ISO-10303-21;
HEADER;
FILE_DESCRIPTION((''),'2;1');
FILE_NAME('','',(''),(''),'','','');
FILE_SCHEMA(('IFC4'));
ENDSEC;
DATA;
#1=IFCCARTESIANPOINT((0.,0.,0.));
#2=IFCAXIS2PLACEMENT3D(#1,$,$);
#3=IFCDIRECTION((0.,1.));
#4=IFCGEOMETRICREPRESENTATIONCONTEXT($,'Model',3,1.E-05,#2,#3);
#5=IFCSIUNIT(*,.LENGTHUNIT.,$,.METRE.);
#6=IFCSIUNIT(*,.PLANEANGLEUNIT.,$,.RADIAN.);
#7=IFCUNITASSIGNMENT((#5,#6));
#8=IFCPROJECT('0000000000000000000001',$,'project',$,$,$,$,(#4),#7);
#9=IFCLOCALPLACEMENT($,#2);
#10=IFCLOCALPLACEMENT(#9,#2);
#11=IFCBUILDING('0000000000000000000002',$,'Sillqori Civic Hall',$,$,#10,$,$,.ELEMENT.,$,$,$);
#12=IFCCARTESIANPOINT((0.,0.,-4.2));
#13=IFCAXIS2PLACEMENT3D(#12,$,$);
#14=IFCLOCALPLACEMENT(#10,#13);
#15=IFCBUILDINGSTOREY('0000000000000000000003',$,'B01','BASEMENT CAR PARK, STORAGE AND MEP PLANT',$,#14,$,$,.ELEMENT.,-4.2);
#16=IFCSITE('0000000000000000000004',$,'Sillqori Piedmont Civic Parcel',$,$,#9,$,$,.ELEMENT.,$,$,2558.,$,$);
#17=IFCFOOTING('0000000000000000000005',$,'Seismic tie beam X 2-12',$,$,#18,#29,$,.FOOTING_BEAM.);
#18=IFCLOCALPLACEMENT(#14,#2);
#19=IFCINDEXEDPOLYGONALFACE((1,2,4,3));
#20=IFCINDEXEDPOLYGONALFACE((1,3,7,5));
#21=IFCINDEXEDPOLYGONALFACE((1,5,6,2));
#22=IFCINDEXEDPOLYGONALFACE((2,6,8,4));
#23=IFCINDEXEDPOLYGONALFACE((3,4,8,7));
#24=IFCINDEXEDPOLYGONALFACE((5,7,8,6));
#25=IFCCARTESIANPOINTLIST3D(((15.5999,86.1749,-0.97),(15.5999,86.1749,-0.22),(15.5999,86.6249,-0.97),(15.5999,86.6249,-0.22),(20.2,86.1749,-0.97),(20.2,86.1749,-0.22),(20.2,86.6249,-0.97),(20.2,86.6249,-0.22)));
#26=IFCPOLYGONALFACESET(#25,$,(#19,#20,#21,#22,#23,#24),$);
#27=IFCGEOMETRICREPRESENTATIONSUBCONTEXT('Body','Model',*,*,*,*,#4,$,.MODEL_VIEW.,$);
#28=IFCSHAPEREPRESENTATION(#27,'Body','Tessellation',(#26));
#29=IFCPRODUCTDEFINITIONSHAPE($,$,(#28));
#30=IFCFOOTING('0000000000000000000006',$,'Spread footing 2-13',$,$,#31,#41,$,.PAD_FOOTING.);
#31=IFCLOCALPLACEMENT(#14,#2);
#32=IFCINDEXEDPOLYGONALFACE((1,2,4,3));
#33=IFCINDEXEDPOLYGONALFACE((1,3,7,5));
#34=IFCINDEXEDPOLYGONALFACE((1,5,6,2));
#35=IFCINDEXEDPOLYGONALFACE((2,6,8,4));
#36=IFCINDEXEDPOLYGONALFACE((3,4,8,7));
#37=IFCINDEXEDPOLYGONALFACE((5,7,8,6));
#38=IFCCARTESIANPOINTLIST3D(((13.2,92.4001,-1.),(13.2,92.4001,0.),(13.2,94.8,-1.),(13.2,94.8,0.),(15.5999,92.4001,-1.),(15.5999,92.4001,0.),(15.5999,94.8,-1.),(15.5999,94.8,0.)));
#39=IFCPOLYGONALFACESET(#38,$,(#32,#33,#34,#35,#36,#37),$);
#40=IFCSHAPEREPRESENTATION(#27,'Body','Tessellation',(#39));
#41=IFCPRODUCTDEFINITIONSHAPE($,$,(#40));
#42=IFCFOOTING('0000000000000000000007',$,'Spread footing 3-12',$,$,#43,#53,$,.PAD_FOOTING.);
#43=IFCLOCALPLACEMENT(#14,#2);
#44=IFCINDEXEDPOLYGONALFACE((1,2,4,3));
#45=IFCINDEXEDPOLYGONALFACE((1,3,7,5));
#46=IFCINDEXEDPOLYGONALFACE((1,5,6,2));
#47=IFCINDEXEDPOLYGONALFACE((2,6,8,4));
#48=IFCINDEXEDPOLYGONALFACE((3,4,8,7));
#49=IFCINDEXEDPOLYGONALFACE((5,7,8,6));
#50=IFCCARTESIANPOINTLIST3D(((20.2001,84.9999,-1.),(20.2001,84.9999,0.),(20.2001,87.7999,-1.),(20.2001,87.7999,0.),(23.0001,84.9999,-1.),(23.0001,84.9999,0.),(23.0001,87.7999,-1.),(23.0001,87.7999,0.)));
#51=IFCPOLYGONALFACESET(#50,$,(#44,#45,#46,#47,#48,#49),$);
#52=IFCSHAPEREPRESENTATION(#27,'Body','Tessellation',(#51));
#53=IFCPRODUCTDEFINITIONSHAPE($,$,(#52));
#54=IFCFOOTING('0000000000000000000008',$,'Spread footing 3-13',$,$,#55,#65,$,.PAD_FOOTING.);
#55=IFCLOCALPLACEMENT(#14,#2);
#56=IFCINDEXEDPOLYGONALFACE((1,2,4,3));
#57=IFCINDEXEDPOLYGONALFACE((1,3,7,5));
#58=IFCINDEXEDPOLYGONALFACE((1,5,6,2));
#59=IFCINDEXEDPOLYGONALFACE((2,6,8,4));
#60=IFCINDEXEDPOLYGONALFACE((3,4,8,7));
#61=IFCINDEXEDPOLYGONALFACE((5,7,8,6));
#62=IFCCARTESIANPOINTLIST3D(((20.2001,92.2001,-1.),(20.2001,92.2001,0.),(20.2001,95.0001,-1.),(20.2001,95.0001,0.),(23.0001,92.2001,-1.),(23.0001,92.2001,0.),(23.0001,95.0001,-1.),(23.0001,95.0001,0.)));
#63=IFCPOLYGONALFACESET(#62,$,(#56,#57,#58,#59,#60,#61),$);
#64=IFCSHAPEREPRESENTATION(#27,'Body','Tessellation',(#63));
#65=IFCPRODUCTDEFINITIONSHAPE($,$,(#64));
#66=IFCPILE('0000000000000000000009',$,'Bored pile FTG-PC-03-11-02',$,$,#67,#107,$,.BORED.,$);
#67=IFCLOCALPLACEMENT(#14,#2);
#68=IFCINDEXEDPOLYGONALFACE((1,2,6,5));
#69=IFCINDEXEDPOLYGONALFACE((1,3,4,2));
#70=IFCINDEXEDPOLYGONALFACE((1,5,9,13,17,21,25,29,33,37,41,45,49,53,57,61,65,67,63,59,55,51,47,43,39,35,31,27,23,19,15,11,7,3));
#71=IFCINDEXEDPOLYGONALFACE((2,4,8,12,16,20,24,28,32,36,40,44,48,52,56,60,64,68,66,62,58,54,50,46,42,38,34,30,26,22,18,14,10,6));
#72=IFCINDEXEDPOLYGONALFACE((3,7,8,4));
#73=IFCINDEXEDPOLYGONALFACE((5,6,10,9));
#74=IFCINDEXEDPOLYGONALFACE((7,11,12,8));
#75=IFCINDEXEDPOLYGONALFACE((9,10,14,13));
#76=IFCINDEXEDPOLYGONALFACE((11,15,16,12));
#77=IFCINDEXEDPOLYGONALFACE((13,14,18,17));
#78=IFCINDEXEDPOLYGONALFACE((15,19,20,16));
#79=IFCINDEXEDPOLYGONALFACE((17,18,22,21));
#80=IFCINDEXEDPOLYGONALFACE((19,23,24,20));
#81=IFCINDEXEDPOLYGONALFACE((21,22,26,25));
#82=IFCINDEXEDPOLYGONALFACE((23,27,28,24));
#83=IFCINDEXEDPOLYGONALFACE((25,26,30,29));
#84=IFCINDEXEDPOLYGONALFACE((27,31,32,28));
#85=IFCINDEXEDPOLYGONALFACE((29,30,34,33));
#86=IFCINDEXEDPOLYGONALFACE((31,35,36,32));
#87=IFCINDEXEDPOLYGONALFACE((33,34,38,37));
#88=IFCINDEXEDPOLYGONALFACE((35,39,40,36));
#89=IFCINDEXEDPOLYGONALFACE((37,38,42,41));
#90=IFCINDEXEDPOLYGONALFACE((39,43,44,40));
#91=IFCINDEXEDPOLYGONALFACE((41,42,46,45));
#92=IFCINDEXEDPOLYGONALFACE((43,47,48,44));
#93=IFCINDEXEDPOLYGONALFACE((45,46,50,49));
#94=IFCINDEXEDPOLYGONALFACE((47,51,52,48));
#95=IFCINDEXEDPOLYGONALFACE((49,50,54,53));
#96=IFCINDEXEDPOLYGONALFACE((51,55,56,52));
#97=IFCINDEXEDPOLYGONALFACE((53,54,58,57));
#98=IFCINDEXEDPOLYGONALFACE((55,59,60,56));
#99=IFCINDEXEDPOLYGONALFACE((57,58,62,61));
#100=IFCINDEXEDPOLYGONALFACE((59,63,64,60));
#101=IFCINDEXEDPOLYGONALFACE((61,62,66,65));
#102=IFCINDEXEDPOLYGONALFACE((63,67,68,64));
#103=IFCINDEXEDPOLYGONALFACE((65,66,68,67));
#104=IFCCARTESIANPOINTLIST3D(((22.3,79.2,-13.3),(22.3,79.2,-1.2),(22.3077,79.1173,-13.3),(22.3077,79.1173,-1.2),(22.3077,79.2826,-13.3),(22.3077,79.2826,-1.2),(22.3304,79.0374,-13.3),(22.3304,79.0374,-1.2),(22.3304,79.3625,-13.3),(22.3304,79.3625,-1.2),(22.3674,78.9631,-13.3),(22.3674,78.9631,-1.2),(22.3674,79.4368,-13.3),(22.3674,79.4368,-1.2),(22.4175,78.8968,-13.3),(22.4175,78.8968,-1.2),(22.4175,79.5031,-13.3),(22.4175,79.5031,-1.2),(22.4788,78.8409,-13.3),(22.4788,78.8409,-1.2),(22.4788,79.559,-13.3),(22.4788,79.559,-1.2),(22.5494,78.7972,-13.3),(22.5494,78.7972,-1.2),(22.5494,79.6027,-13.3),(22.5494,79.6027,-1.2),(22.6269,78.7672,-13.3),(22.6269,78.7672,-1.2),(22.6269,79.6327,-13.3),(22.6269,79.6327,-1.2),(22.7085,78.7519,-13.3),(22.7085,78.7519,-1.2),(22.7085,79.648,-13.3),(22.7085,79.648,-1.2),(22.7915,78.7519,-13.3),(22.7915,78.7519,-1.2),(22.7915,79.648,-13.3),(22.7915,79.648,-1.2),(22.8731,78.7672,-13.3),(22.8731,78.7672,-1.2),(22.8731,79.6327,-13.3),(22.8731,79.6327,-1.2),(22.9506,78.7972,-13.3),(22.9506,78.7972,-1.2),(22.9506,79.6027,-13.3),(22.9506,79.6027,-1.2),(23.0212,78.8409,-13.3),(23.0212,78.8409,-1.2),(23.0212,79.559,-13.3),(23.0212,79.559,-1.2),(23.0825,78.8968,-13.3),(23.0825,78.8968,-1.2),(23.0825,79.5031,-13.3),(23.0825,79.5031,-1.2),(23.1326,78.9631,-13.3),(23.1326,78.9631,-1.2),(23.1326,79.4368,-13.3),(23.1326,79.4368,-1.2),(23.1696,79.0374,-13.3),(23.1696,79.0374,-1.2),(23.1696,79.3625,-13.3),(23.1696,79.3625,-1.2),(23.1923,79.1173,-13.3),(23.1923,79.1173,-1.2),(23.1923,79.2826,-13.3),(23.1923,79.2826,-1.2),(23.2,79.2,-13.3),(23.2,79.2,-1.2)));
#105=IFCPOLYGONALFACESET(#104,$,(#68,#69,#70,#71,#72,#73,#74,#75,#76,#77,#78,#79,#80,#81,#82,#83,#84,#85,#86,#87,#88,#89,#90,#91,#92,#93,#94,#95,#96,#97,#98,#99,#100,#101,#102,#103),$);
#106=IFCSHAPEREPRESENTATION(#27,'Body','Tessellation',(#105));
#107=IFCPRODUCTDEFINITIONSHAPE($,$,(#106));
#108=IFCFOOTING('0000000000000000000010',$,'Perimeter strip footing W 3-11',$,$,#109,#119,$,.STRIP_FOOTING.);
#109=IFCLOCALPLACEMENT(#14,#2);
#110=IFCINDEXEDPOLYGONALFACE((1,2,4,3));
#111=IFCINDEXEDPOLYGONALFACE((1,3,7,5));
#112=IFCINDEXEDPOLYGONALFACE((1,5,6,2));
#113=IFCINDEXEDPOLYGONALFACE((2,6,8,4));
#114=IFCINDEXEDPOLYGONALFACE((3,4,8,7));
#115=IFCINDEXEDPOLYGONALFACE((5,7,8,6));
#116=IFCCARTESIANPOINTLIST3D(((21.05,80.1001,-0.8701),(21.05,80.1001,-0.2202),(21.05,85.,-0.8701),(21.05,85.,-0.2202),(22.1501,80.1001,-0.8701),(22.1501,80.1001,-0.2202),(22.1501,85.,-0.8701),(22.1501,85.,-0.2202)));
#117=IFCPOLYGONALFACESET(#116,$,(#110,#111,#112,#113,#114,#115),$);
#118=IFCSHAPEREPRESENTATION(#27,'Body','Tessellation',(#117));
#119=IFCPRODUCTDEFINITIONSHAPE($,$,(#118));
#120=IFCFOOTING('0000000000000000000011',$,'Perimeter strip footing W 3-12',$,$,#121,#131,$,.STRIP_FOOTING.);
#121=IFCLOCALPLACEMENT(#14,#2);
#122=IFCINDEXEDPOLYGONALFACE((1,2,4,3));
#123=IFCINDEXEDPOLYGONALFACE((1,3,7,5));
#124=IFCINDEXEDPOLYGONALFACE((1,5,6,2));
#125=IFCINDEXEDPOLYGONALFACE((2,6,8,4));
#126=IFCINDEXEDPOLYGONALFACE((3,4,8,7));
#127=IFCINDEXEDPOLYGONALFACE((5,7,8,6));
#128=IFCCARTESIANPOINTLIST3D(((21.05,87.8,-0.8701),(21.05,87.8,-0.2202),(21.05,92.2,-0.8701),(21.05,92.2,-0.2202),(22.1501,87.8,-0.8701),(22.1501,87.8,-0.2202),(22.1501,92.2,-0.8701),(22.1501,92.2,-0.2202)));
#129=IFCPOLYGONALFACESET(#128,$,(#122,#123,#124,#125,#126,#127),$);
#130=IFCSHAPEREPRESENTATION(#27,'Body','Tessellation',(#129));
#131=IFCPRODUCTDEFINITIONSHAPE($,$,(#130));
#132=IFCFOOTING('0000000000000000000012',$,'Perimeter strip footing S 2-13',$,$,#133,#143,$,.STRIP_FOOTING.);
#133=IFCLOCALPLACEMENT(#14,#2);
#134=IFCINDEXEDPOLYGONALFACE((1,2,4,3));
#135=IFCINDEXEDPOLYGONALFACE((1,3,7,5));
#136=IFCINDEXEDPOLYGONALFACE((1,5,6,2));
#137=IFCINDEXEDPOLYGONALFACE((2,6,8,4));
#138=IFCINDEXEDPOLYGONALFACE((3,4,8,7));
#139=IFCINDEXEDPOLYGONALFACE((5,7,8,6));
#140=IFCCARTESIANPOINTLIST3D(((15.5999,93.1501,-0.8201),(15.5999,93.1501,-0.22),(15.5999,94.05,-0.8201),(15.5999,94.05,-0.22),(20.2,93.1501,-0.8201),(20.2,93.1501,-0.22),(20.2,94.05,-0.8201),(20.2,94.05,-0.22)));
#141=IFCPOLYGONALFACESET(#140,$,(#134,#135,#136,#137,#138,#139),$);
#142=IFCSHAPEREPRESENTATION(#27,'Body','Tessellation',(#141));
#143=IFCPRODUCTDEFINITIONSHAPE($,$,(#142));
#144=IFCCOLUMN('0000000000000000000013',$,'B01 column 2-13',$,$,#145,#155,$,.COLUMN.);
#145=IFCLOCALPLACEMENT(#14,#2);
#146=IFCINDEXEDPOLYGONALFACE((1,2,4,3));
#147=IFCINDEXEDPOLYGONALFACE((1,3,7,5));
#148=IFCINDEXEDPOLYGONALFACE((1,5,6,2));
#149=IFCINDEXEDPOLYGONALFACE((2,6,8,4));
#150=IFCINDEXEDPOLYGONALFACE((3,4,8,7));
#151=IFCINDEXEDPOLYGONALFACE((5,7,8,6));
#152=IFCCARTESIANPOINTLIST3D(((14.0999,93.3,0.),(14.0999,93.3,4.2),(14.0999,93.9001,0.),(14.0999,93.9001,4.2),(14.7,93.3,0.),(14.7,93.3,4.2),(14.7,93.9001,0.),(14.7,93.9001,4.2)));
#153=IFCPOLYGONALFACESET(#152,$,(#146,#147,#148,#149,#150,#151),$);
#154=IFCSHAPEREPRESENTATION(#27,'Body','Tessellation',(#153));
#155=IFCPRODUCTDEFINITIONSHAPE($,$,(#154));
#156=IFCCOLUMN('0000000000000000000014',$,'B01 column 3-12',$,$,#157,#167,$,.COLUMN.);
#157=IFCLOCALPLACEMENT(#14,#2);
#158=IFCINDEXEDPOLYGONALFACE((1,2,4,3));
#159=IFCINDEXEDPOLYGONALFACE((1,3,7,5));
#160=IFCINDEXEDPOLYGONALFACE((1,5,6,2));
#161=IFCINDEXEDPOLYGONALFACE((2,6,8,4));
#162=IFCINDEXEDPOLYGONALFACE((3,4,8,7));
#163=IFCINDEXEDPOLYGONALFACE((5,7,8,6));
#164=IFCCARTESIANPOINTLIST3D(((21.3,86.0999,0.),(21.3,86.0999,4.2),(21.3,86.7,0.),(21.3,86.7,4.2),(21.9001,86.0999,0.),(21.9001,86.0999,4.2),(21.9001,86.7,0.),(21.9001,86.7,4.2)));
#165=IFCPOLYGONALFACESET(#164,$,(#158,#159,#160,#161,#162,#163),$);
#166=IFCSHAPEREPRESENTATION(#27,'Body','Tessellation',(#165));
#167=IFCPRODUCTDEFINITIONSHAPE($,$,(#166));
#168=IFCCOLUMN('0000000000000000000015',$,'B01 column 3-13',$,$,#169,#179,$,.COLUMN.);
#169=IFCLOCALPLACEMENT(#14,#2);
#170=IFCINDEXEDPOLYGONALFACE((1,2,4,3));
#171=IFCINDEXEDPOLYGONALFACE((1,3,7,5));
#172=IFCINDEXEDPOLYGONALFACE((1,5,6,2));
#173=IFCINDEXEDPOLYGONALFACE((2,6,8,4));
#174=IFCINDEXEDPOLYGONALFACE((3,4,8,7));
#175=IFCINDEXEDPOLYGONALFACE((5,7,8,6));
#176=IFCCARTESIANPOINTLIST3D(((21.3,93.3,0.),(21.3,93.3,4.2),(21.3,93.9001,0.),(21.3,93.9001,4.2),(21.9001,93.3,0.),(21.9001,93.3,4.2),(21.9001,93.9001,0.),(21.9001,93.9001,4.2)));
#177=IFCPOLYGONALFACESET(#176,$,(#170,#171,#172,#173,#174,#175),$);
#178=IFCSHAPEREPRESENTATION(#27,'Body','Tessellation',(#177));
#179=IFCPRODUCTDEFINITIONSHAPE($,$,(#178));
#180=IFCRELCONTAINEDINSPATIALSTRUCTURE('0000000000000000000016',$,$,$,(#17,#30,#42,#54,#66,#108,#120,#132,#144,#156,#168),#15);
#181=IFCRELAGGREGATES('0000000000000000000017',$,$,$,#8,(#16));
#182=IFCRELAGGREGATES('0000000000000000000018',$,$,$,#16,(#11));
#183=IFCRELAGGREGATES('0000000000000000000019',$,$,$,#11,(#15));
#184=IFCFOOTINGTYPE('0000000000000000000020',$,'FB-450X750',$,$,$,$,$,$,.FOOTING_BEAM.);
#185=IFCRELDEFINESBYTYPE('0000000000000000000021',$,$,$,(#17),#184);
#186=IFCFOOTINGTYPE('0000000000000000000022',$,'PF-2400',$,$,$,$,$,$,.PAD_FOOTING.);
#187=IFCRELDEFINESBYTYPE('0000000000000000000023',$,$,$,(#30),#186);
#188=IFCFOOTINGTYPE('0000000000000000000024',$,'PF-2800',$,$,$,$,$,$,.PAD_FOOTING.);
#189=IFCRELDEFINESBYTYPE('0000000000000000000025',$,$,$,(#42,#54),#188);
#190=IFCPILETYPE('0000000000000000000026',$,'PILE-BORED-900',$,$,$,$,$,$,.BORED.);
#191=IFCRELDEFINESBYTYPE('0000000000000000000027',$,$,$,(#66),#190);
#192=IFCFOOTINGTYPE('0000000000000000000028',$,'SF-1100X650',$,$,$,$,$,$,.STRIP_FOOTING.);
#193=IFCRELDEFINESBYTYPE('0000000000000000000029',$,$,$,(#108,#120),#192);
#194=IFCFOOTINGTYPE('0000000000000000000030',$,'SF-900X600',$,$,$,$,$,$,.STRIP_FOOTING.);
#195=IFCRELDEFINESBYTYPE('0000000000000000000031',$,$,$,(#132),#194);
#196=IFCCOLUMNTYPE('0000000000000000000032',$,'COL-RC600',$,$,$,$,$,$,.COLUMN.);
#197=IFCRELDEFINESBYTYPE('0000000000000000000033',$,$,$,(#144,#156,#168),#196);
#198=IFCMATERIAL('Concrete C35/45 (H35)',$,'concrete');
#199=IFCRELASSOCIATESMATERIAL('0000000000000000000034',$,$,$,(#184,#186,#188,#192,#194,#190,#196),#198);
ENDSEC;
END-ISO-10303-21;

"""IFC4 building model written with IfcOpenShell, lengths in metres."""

from ifc_helpers import new_model, si_unit, direction, frame, origin, origin_2d, place, context, subcontext, project, spatial, rectangle, circle, extrude, material, material_profile, profile_set, type_object, element, save


model = new_model("IFC4")

# Units and contexts
model_context = context("Model", 3, precision=1e-05, world=origin(), true_north=direction((0.0, 1.0)))
body_context = subcontext(model_context, "Body", "Model", "MODEL_VIEW")
ifc_project = project(units=[si_unit("LENGTHUNIT", "METRE"), si_unit("PLANEANGLEUNIT", "RADIAN")], contexts=[model_context])

# Site, building, storey
site_placement = place(None, origin())
site = spatial("IfcSite", under=ifc_project, at=site_placement, Name="Sillqori Piedmont Civic Parcel", CompositionType="ELEMENT", RefElevation=2558.0)
building_placement = place(site_placement, origin())
building = spatial("IfcBuilding", under=site, at=building_placement, Name="Sillqori Civic Hall", CompositionType="ELEMENT")
storey_placement = place(building_placement, frame((0.0, 0.0, -4.2)))
storey = spatial("IfcBuildingStorey", under=building, at=storey_placement, Name="B01", Description="BASEMENT CAR PARK, STORAGE AND MEP PLANT", CompositionType="ELEMENT", Elevation=-4.2)

# Footings
ifc_material_1 = material(Name="Concrete C35/45 (H35)", Category="concrete")
footing_type_1 = type_object("IfcFootingType", Name="FB-450X750", PredefinedType="FOOTING_BEAM", material=ifc_material_1)
footing_1_placement = place(storey_placement, frame((17.8999, 86.3999, -0.97), z_axis=(0.0, 0.0, 1.0), x_axis=(1.0, 0.0, 0.0)))
element("IfcFooting", 1, at=footing_1_placement, inside=storey, type_object=footing_type_1, Name="Seismic tie beam X 2-12", PredefinedType="FOOTING_BEAM", context=body_context, shape_type="SweptSolid", body=[
    extrude(rectangle(XDim=4.6001, YDim=0.45, at=origin_2d()), origin(), (0.0, 0.0, 1.0), 0.75),
])
footing_type_2 = type_object("IfcFootingType", Name="PF-2400", PredefinedType="PAD_FOOTING", material=ifc_material_1)
footing_2_placement = place(storey_placement, frame((14.3999, 93.6001, -1.0), z_axis=(0.0, 0.0, 1.0), x_axis=(1.0, 0.0, 0.0)))
element("IfcFooting", 2, at=footing_2_placement, inside=storey, type_object=footing_type_2, Name="Spread footing 2-13", PredefinedType="PAD_FOOTING", context=body_context, shape_type="SweptSolid", body=[
    extrude(rectangle(XDim=2.3999, YDim=2.3999, at=origin_2d()), origin(), (0.0, 0.0, 1.0), 1.0),
])
footing_type_3 = type_object("IfcFootingType", Name="PF-2800", PredefinedType="PAD_FOOTING", material=ifc_material_1)
for number, where, z_axis, x_axis, name in (
    (3, (21.6001, 86.3999, -1.0), (0.0, 0.0, 1.0), (1.0, 0.0, 0.0), "Spread footing 3-12"),
    (4, (21.6001, 93.6001, -1.0), (0.0, 0.0, 1.0), (1.0, 0.0, 0.0), "Spread footing 3-13"),
):
    element("IfcFooting", number, at=place(storey_placement, frame(where, z_axis=z_axis, x_axis=x_axis)), inside=storey, type_object=footing_type_3, Name=name, PredefinedType="PAD_FOOTING", context=body_context, shape_type="SweptSolid", body=[
        extrude(rectangle(XDim=2.8, YDim=2.8, at=origin_2d()), origin(), (0.0, 0.0, 1.0), 1.0),
    ])

# Pile
ifc_material_profile_1 = material_profile(ifc_material_1, circle(Radius=0.45, at=origin_2d()), Name="BORED PILE 900")
ifc_profile_set_1 = profile_set([ifc_material_profile_1], Name="Concrete C35/45 (H35)")
pile_type = type_object("IfcPileType", Name="PILE-BORED-900", PredefinedType="BORED", material=ifc_profile_set_1)
pile_placement = place(storey_placement, frame((22.75, 79.2, -1.2), z_axis=(0.0, 0.0, -1.0), x_axis=(1.0, 0.0, 0.0)))
element("IfcPile", 5, at=pile_placement, inside=storey, type_object=pile_type, Name="Bored pile FTG-PC-03-11-02", PredefinedType="BORED", context=body_context, shape_type="SweptSolid", body=[
    extrude(circle(Radius=0.45, at=origin_2d()), origin(), (0.0, 0.0, 1.0), 12.1001),
])

# Footings
footing_type_4 = type_object("IfcFootingType", Name="SF-1100X650", PredefinedType="STRIP_FOOTING", material=ifc_material_1)
footing_3_placement = place(storey_placement, frame((21.6001, 82.55, -0.8701), z_axis=(0.0, 0.0, 1.0), x_axis=(1.0, 0.0, 0.0)))
element("IfcFooting", 6, at=footing_3_placement, inside=storey, type_object=footing_type_4, Name="Perimeter strip footing W 3-11", PredefinedType="STRIP_FOOTING", context=body_context, shape_type="SweptSolid", body=[
    extrude(rectangle(XDim=1.1001, YDim=4.8999, at=origin_2d()), origin(), (0.0, 0.0, 1.0), 0.6499),
])
footing_4_placement = place(storey_placement, frame((21.6001, 90.0, -0.8701), z_axis=(0.0, 0.0, 1.0), x_axis=(1.0, 0.0, 0.0)))
element("IfcFooting", 7, at=footing_4_placement, inside=storey, type_object=footing_type_4, Name="Perimeter strip footing W 3-12", PredefinedType="STRIP_FOOTING", context=body_context, shape_type="SweptSolid", body=[
    extrude(rectangle(XDim=1.1001, YDim=4.3999, at=origin_2d()), origin(), (0.0, 0.0, 1.0), 0.6499),
])
footing_type_5 = type_object("IfcFootingType", Name="SF-900X600", PredefinedType="STRIP_FOOTING", material=ifc_material_1)
footing_5_placement = place(storey_placement, frame((17.8999, 93.6001, -0.8201), z_axis=(0.0, 0.0, 1.0), x_axis=(1.0, 0.0, 0.0)))
element("IfcFooting", 8, at=footing_5_placement, inside=storey, type_object=footing_type_5, Name="Perimeter strip footing S 2-13", PredefinedType="STRIP_FOOTING", context=body_context, shape_type="SweptSolid", body=[
    extrude(rectangle(XDim=4.6001, YDim=0.8999, at=origin_2d()), origin(), (0.0, 0.0, 1.0), 0.6001),
])

# Columns
ifc_material_profile_2 = material_profile(ifc_material_1, rectangle(XDim=0.6001, YDim=0.6001, at=origin_2d()), Name="RC 600x600")
ifc_profile_set_2 = profile_set([ifc_material_profile_2], Name="Concrete C35/45 (H35)")
column_type = type_object("IfcColumnType", Name="COL-RC600", PredefinedType="COLUMN", material=ifc_profile_set_2)
for number, where, z_axis, x_axis, name in (
    (9, (14.3999, 93.6001, 0.0), (0.0, 0.0, 1.0), (1.0, 0.0, 0.0), "B01 column 2-13"),
    (10, (21.6001, 86.3999, 0.0), (0.0, 0.0, 1.0), (1.0, 0.0, 0.0), "B01 column 3-12"),
    (11, (21.6001, 93.6001, 0.0), (0.0, 0.0, 1.0), (1.0, 0.0, 0.0), "B01 column 3-13"),
):
    element("IfcColumn", number, at=place(storey_placement, frame(where, z_axis=z_axis, x_axis=x_axis)), inside=storey, type_object=column_type, Name=name, PredefinedType="COLUMN", context=body_context, shape_type="SweptSolid", body=[
        extrude(rectangle(XDim=0.6001, YDim=0.6001, at=origin_2d()), origin(), (0.0, 0.0, 1.0), 4.2),
    ])

save(model, "model.ifc")
